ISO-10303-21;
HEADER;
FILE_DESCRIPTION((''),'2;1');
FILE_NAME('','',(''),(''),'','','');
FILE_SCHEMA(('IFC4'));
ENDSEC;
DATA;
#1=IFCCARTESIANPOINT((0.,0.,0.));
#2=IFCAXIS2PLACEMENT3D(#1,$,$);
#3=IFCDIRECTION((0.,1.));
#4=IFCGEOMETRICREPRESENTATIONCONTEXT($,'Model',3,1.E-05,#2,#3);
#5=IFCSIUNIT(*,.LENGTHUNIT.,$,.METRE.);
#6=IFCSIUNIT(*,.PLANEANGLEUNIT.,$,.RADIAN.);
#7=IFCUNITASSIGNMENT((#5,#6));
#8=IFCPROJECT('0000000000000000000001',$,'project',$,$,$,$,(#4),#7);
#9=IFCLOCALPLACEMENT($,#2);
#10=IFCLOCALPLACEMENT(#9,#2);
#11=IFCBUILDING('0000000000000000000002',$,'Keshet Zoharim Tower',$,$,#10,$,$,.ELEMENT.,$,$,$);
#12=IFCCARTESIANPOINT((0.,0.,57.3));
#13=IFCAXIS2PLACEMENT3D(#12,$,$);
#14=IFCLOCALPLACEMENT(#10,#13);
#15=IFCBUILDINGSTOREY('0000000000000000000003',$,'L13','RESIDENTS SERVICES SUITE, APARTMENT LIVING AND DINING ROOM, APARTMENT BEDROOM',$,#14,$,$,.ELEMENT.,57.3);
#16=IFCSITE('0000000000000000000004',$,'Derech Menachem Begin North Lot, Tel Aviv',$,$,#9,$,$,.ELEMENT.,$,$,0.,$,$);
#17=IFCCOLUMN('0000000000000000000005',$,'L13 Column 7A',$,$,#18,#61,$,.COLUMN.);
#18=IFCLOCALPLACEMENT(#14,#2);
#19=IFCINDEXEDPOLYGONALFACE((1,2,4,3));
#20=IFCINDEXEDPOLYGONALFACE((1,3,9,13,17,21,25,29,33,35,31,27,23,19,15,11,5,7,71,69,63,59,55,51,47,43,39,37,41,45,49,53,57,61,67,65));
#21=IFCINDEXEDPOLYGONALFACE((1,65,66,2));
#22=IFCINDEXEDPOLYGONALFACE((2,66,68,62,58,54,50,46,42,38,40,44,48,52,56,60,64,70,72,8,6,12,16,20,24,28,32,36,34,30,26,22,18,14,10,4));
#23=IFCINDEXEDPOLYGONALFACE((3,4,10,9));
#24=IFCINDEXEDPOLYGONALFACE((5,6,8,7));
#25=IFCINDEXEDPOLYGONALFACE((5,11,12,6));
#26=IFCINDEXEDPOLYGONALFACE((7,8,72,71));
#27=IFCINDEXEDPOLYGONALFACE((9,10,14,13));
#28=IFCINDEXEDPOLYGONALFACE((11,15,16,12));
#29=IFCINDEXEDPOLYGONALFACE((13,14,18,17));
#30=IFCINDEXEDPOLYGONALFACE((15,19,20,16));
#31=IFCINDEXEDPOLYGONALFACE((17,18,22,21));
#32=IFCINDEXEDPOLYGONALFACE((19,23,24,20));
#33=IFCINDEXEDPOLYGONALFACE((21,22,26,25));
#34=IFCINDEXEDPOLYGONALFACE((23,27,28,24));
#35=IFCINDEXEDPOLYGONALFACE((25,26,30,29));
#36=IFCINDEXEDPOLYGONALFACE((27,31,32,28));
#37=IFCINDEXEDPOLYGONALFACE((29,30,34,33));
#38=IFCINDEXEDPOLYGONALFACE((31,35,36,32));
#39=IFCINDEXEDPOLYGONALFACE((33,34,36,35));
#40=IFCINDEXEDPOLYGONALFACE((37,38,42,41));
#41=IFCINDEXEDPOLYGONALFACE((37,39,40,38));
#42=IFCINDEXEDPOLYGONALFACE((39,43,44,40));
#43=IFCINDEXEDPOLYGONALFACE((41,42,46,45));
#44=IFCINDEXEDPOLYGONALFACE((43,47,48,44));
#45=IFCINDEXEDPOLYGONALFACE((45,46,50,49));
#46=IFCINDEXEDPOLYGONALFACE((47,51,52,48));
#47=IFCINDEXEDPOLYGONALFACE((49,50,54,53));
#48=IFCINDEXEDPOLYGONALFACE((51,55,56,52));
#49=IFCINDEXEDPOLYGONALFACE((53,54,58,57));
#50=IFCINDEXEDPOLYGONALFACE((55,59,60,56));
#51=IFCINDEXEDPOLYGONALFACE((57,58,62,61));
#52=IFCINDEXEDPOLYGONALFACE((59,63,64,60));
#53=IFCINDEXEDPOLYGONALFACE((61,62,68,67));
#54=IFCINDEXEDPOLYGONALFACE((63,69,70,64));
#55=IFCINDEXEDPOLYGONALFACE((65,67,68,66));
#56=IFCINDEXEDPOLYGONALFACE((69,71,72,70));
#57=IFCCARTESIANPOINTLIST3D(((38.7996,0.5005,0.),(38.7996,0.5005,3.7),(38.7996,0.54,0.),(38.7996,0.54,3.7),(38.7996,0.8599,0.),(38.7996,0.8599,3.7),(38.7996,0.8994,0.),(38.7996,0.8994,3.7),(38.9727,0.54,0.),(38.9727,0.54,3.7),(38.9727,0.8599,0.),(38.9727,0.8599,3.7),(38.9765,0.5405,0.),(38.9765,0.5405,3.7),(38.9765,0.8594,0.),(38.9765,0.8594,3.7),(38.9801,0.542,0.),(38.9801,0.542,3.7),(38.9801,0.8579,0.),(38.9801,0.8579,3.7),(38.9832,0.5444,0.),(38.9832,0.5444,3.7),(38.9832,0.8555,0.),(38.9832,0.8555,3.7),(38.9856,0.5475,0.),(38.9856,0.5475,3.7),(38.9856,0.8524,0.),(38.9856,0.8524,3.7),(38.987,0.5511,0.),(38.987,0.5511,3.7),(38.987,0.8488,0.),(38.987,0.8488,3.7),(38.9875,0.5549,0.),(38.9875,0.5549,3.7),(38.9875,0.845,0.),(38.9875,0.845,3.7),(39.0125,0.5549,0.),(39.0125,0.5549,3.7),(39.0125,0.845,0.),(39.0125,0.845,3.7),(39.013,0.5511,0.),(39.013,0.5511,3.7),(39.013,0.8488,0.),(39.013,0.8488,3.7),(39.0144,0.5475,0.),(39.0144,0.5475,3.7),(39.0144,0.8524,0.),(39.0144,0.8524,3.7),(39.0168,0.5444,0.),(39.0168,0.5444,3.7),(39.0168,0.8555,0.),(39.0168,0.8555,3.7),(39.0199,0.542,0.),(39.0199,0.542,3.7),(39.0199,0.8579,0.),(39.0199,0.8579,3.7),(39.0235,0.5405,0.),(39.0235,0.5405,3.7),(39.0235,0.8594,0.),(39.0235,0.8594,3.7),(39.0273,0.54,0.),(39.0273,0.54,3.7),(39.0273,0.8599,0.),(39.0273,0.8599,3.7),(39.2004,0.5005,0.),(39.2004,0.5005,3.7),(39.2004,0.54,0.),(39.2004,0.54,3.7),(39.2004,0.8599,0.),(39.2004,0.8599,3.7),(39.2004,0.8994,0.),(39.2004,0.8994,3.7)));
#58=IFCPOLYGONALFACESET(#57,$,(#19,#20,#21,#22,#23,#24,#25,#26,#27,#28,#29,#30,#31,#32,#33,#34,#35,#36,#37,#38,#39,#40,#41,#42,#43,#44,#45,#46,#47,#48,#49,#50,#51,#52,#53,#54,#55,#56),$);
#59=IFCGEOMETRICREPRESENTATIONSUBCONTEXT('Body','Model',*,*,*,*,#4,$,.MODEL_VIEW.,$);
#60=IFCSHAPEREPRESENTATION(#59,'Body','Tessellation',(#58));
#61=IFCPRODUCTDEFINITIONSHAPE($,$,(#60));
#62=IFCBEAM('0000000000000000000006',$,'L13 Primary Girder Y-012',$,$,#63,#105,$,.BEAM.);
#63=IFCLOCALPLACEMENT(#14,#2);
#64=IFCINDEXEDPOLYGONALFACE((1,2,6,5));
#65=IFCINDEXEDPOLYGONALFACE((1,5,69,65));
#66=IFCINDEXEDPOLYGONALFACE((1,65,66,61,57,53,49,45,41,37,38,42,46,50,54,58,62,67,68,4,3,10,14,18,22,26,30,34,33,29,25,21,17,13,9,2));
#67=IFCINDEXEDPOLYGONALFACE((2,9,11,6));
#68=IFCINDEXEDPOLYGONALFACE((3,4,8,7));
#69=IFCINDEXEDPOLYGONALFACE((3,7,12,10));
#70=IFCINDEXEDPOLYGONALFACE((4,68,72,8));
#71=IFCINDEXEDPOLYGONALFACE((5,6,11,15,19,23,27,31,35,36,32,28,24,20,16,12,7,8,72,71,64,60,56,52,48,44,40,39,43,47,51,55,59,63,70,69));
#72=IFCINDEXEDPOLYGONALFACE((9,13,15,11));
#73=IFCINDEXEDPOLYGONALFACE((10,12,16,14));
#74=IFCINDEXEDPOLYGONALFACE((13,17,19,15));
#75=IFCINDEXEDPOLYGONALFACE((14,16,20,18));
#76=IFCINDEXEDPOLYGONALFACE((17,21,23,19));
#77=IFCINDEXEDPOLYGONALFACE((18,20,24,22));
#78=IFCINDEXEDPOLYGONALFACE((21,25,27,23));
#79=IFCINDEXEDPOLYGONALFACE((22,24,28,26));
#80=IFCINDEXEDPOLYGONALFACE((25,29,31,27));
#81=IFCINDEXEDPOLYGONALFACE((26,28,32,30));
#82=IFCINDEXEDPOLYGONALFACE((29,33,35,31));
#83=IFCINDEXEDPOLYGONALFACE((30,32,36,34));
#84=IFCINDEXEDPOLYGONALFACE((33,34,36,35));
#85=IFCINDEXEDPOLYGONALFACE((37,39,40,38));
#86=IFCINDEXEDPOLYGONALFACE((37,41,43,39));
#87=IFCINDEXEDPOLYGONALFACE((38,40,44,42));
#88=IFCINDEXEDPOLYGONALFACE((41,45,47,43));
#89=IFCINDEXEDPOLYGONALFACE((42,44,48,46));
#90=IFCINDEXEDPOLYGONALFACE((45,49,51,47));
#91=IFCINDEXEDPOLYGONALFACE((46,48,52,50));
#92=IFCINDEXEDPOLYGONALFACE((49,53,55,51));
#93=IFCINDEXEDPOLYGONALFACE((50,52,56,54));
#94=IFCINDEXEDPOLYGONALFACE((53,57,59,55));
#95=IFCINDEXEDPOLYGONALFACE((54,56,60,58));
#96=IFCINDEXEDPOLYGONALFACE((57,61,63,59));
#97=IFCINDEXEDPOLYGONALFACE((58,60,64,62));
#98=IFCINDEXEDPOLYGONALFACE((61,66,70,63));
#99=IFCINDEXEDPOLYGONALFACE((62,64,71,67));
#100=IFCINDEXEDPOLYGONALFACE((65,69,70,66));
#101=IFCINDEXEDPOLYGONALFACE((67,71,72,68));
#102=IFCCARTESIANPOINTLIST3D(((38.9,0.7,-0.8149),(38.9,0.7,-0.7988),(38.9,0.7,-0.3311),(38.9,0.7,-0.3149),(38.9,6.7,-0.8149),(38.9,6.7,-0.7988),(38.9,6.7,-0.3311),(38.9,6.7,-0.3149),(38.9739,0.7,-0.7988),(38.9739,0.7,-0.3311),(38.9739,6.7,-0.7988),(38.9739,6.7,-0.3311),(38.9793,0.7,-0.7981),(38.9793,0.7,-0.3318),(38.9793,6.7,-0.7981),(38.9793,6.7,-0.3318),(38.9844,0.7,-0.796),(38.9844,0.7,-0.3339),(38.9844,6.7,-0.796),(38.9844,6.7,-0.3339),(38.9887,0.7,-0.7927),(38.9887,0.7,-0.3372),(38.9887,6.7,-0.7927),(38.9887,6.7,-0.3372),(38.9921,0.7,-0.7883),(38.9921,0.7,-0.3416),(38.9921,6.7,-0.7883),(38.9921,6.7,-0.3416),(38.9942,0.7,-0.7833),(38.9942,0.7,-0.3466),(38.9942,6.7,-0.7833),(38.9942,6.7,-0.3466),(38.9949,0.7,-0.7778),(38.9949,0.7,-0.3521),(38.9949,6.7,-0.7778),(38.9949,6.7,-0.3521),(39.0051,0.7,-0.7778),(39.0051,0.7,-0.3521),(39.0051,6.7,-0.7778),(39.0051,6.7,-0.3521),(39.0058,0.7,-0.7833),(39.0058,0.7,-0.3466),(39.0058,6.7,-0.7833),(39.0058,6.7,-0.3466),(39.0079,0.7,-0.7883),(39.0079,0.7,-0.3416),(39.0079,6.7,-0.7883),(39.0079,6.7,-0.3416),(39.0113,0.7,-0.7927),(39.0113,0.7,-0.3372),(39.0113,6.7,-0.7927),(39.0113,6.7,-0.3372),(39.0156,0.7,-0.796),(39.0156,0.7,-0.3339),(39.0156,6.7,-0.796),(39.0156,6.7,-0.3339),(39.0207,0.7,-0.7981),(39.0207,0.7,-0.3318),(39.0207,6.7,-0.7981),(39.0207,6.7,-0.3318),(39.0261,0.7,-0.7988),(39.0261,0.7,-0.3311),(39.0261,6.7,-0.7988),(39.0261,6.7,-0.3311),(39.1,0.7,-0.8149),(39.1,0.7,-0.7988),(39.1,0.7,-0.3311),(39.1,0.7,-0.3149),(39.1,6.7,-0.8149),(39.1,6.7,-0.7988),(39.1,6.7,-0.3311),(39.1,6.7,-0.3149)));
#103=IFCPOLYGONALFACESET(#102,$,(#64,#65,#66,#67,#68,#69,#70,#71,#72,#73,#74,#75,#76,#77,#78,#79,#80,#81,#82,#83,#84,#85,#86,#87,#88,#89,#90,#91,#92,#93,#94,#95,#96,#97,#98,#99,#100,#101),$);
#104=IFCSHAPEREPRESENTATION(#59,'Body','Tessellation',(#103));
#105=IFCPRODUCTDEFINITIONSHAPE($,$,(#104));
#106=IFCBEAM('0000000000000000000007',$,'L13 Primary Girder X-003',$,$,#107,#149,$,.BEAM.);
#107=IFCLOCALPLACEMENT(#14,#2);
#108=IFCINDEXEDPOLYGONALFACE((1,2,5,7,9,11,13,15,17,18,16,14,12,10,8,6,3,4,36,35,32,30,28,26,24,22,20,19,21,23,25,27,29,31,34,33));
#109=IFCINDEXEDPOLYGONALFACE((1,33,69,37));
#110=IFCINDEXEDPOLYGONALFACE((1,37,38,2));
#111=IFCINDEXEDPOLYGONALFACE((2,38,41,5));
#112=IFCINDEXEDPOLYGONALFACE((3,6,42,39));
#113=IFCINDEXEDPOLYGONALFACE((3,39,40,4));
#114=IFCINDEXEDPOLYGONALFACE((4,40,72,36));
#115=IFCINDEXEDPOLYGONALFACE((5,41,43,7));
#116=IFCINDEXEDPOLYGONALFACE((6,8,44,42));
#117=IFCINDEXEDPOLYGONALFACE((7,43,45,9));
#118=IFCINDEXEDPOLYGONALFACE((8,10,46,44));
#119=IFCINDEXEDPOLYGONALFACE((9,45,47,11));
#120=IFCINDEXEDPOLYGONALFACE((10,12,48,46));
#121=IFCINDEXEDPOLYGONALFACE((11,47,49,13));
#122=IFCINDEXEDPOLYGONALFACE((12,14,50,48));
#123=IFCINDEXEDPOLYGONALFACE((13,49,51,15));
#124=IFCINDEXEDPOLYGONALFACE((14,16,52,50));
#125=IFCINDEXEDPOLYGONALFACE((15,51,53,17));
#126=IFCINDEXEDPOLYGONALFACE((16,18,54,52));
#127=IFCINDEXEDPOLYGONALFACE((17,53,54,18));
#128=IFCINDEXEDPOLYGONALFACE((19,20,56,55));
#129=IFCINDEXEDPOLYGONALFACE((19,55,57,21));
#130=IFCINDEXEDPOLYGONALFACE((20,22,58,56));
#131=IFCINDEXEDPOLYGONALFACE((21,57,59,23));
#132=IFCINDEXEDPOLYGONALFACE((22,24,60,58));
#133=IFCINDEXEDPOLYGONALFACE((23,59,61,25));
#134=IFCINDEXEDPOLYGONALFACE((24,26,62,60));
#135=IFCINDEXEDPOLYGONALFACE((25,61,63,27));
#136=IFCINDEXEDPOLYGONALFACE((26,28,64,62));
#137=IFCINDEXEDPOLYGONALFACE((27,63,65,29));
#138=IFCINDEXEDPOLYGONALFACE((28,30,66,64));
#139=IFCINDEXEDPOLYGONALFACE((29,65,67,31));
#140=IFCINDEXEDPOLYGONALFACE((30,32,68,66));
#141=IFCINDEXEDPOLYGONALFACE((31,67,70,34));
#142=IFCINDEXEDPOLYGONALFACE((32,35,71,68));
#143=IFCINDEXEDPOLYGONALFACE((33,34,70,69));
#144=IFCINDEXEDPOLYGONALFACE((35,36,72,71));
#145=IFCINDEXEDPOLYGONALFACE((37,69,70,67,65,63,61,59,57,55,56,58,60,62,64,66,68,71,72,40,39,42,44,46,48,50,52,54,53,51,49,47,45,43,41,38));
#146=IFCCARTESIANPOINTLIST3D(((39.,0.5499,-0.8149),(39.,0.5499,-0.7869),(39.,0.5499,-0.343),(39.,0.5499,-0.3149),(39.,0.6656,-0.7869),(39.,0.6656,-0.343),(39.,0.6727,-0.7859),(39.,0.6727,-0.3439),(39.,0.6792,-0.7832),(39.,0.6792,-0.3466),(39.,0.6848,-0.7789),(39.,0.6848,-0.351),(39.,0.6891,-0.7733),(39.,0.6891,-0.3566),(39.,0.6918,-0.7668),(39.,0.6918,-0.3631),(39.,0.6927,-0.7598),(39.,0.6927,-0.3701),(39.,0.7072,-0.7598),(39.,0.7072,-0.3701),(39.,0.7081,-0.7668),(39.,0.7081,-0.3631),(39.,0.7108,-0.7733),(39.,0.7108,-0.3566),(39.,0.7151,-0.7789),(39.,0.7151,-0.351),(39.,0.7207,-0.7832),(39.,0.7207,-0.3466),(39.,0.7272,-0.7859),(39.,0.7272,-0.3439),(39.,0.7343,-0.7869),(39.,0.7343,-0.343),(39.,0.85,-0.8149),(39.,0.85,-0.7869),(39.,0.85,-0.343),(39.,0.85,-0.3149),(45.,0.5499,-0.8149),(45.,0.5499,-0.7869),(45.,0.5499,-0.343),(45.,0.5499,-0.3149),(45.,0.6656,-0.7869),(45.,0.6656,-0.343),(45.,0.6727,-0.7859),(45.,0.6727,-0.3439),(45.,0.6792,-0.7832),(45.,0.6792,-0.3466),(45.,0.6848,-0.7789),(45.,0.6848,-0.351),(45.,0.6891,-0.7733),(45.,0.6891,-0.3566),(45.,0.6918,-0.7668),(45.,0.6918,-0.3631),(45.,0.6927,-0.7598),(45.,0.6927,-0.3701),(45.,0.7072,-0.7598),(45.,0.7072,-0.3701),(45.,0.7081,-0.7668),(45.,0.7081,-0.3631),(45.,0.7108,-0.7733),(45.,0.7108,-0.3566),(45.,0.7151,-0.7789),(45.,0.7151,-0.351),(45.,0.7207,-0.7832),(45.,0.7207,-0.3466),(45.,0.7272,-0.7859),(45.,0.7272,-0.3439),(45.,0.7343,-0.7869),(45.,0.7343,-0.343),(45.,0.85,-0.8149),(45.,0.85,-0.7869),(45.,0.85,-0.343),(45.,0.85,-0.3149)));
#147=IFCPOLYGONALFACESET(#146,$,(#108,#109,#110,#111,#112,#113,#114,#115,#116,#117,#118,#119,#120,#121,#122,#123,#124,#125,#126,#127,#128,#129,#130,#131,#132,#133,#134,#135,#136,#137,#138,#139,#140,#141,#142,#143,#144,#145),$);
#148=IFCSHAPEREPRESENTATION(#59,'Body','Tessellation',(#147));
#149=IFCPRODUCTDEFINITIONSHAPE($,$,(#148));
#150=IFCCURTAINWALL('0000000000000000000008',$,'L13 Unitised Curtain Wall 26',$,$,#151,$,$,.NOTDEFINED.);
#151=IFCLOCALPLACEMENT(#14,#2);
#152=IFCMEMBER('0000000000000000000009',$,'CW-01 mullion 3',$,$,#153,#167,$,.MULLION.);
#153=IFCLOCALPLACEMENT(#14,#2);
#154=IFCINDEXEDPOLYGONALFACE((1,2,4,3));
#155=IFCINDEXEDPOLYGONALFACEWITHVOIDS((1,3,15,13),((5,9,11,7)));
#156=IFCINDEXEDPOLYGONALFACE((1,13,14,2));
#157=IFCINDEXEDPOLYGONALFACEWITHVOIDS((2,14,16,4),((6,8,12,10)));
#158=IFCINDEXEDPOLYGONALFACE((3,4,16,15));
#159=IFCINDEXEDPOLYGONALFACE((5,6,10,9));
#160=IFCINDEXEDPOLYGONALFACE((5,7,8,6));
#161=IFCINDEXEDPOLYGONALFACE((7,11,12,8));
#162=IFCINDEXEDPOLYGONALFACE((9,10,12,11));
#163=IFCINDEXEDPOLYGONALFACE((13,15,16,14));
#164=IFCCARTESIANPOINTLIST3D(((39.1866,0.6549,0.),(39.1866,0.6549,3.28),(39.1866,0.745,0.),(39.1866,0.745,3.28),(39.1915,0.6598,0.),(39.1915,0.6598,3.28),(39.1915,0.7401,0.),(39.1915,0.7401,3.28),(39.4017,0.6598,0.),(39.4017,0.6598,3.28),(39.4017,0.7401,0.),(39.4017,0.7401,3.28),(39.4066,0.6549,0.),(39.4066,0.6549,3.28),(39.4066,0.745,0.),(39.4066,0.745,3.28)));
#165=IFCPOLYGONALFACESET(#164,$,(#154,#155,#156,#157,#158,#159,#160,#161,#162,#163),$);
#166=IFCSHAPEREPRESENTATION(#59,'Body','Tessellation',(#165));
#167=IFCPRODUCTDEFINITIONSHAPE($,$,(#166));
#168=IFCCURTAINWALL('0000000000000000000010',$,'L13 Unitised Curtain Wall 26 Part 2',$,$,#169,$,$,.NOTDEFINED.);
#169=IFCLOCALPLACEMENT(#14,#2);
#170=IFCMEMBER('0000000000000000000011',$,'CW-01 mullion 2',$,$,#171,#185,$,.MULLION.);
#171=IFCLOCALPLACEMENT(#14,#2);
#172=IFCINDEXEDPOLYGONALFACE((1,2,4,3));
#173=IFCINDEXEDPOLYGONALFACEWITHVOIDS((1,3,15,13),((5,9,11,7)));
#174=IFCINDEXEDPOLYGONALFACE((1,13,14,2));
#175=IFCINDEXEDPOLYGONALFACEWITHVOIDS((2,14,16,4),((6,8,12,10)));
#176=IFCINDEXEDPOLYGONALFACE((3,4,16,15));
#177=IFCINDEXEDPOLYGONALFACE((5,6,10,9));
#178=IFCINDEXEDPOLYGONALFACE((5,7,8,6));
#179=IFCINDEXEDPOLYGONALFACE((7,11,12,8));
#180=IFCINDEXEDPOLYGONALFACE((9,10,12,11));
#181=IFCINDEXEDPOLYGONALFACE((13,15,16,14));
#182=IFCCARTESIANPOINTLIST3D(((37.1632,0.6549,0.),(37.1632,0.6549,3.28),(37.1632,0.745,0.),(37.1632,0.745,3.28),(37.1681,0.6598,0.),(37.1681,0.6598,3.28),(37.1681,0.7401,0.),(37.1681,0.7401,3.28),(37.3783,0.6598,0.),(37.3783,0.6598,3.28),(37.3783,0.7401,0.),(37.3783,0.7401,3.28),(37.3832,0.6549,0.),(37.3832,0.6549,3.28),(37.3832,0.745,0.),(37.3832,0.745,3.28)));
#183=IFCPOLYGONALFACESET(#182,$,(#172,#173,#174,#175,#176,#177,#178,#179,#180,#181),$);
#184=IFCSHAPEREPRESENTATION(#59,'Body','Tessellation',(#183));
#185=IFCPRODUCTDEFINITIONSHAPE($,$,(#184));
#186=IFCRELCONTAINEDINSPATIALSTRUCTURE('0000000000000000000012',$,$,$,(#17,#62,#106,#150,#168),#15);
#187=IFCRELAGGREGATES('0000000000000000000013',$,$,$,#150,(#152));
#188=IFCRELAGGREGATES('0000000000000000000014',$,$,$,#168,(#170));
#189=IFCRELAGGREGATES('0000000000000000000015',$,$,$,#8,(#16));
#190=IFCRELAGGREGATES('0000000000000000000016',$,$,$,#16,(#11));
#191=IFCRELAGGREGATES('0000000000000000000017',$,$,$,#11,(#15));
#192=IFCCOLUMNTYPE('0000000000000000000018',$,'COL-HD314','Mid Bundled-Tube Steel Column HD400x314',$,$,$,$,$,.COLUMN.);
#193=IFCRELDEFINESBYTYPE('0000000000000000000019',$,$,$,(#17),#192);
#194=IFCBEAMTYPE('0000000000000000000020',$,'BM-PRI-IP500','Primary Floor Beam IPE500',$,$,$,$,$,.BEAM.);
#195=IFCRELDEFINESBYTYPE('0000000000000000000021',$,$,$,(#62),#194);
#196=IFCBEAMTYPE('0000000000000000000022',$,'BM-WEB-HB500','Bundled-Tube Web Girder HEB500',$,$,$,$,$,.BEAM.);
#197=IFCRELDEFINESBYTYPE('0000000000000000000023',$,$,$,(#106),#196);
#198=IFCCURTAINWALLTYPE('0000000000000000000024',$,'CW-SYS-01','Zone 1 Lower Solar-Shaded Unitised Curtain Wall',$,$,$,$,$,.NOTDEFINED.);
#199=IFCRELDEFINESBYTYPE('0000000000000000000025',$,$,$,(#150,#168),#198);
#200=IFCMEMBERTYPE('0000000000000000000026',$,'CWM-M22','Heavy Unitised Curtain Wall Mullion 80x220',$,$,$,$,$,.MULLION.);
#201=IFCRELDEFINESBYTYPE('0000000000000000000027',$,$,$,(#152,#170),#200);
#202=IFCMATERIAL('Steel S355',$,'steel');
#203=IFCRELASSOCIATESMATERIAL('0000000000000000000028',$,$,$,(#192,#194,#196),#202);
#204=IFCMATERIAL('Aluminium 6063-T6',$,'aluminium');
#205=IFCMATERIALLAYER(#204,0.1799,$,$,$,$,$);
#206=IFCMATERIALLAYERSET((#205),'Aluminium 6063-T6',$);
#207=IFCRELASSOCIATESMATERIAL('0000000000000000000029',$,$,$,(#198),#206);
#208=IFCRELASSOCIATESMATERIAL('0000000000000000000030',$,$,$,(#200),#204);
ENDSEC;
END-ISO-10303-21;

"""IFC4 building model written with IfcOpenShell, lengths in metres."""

from ifc_helpers import new_model, si_unit, direction, frame, origin, origin_2d, place, context, subcontext, project, spatial, hollow_rectangle, i_section, extrude, material, layer, layer_set, material_profile, profile_set, type_object, element, aggregate, save


model = new_model("IFC4")

# Units and contexts
model_context = context("Model", 3, precision=1e-05, world=origin(), true_north=direction((0.0, 1.0)))
body_context = subcontext(model_context, "Body", "Model", "MODEL_VIEW")
ifc_project = project(units=[si_unit("LENGTHUNIT", "METRE"), si_unit("PLANEANGLEUNIT", "RADIAN")], contexts=[model_context])

# Site, building, storey
site_placement = place(None, origin())
site = spatial("IfcSite", under=ifc_project, at=site_placement, Name="Derech Menachem Begin North Lot, Tel Aviv", CompositionType="ELEMENT", RefElevation=0.0)
building_placement = place(site_placement, origin())
building = spatial("IfcBuilding", under=site, at=building_placement, Name="Keshet Zoharim Tower", CompositionType="ELEMENT")
storey_placement = place(building_placement, frame((0.0, 0.0, 57.3)))
storey = spatial("IfcBuildingStorey", under=building, at=storey_placement, Name="L13", Description="RESIDENTS SERVICES SUITE, APARTMENT LIVING AND DINING ROOM, APARTMENT BEDROOM", CompositionType="ELEMENT", Elevation=57.3)

# Column
ifc_material_1 = material(Name="Steel S355", Category="steel")
ifc_material_profile_1 = material_profile(ifc_material_1, i_section(OverallWidth=0.4009, OverallDepth=0.3989, WebThickness=0.0249, FlangeThickness=0.0396, FilletRadius=0.0149, at=origin_2d()), Name="HD400x314")
ifc_profile_set_1 = profile_set([ifc_material_profile_1], Name="Steel S355")
column_type = type_object("IfcColumnType", Name="COL-HD314", Description="Mid Bundled-Tube Steel Column HD400x314", PredefinedType="COLUMN", material=ifc_profile_set_1)
column_placement = place(storey_placement, frame((39.0, 0.7, 0.0), z_axis=(0.0, 0.0, 1.0), x_axis=(1.0, 0.0, 0.0)))
element("IfcColumn", 1, at=column_placement, inside=storey, type_object=column_type, Name="L13 Column 7A", PredefinedType="COLUMN", context=body_context, shape_type="SweptSolid", body=[
    extrude(i_section(OverallWidth=0.4009, OverallDepth=0.3989, WebThickness=0.0249, FlangeThickness=0.0396, FilletRadius=0.0149, at=origin_2d()), origin(), (0.0, 0.0, 1.0), 3.7),
])

# Beams
ifc_material_profile_2 = material_profile(ifc_material_1, i_section(OverallWidth=0.2, OverallDepth=0.5, WebThickness=0.0103, FlangeThickness=0.0161, FilletRadius=0.021, at=origin_2d()), Name="IPE500")
ifc_profile_set_2 = profile_set([ifc_material_profile_2], Name="Steel S355")
beam_type_1 = type_object("IfcBeamType", Name="BM-PRI-IP500", Description="Primary Floor Beam IPE500", PredefinedType="BEAM", material=ifc_profile_set_2)
beam_1_placement = place(storey_placement, frame((39.0, 0.7, -0.5649), z_axis=(0.0, 1.0, 0.0), x_axis=(-1.0, 0.0, 0.0)))
element("IfcBeam", 2, at=beam_1_placement, inside=storey, type_object=beam_type_1, Name="L13 Primary Girder Y-012", PredefinedType="BEAM", context=body_context, shape_type="SweptSolid", body=[
    extrude(i_section(OverallWidth=0.2, OverallDepth=0.5, WebThickness=0.0103, FlangeThickness=0.0161, FilletRadius=0.021, at=origin_2d()), origin(), (0.0, 0.0, 1.0), 6.0),
])
ifc_material_profile_3 = material_profile(ifc_material_1, i_section(OverallWidth=0.3, OverallDepth=0.5, WebThickness=0.0144, FlangeThickness=0.0281, FilletRadius=0.0271, at=origin_2d()), Name="HEB500")
ifc_profile_set_3 = profile_set([ifc_material_profile_3], Name="Steel S355")
beam_type_2 = type_object("IfcBeamType", Name="BM-WEB-HB500", Description="Bundled-Tube Web Girder HEB500", PredefinedType="BEAM", material=ifc_profile_set_3)
beam_2_placement = place(storey_placement, frame((39.0, 0.7, -0.5649), z_axis=(1.0, 0.0, 0.0), x_axis=(0.0, 1.0, 0.0)))
element("IfcBeam", 3, at=beam_2_placement, inside=storey, type_object=beam_type_2, Name="L13 Primary Girder X-003", PredefinedType="BEAM", context=body_context, shape_type="SweptSolid", body=[
    extrude(i_section(OverallWidth=0.3, OverallDepth=0.5, WebThickness=0.0144, FlangeThickness=0.0281, FilletRadius=0.0271, at=origin_2d()), origin(), (0.0, 0.0, 1.0), 6.0),
])

# Curtain walls, members
ifc_material_2 = material(Name="Aluminium 6063-T6", Category="aluminium")
ifc_layer_1 = layer(ifc_material_2, 0.1799)
ifc_layer_set_1 = layer_set([ifc_layer_1], Name="Aluminium 6063-T6")
curtain_wall_type = type_object("IfcCurtainWallType", Name="CW-SYS-01", Description="Zone 1 Lower Solar-Shaded Unitised Curtain Wall", PredefinedType="NOTDEFINED", material=ifc_layer_set_1)
curtain_wall_1_placement = place(storey_placement, origin())
curtain_wall_1 = element("IfcCurtainWall", 4, at=curtain_wall_1_placement, inside=storey, type_object=curtain_wall_type, Name="L13 Unitised Curtain Wall 26", PredefinedType="NOTDEFINED")
ifc_material_profile_4 = material_profile(ifc_material_2, hollow_rectangle(XDim=0.0901, YDim=0.22, WallThickness=0.0049, at=origin_2d()), Name="MUL-90x220")
ifc_profile_set_4 = profile_set([ifc_material_profile_4], Name="Aluminium 6063-T6")
member_type_1 = type_object("IfcMemberType", Name="CWM-M22", Description="Heavy Unitised Curtain Wall Mullion 80x220", PredefinedType="MULLION", material=ifc_profile_set_4)
member_1_placement = place(storey_placement, frame((39.2966, 0.7, 0.0), z_axis=(0.0, 0.0, 1.0), x_axis=(0.0, -1.0, 0.0)))
member_1 = element("IfcMember", 5, at=member_1_placement, type_object=member_type_1, Name="CW-01 mullion 3", PredefinedType="MULLION", context=body_context, shape_type="SweptSolid", body=[
    extrude(hollow_rectangle(XDim=0.0901, YDim=0.22, WallThickness=0.0049, at=origin_2d()), origin(), (0.0, 0.0, 1.0), 3.28),
])
curtain_wall_2_placement = place(storey_placement, origin())
curtain_wall_2 = element("IfcCurtainWall", 6, at=curtain_wall_2_placement, inside=storey, type_object=curtain_wall_type, Name="L13 Unitised Curtain Wall 26 Part 2", PredefinedType="NOTDEFINED")
member_2_placement = place(storey_placement, frame((37.2732, 0.7, 0.0), z_axis=(0.0, 0.0, 1.0), x_axis=(0.0, -1.0, 0.0)))
member_2 = element("IfcMember", 7, at=member_2_placement, type_object=member_type_1, Name="CW-01 mullion 2", PredefinedType="MULLION", context=body_context, shape_type="SweptSolid", body=[
    extrude(hollow_rectangle(XDim=0.0901, YDim=0.22, WallThickness=0.0049, at=origin_2d()), origin(), (0.0, 0.0, 1.0), 3.28),
])

aggregate(curtain_wall_1, [member_1])
aggregate(curtain_wall_2, [member_2])

save(model, "model.ifc")
